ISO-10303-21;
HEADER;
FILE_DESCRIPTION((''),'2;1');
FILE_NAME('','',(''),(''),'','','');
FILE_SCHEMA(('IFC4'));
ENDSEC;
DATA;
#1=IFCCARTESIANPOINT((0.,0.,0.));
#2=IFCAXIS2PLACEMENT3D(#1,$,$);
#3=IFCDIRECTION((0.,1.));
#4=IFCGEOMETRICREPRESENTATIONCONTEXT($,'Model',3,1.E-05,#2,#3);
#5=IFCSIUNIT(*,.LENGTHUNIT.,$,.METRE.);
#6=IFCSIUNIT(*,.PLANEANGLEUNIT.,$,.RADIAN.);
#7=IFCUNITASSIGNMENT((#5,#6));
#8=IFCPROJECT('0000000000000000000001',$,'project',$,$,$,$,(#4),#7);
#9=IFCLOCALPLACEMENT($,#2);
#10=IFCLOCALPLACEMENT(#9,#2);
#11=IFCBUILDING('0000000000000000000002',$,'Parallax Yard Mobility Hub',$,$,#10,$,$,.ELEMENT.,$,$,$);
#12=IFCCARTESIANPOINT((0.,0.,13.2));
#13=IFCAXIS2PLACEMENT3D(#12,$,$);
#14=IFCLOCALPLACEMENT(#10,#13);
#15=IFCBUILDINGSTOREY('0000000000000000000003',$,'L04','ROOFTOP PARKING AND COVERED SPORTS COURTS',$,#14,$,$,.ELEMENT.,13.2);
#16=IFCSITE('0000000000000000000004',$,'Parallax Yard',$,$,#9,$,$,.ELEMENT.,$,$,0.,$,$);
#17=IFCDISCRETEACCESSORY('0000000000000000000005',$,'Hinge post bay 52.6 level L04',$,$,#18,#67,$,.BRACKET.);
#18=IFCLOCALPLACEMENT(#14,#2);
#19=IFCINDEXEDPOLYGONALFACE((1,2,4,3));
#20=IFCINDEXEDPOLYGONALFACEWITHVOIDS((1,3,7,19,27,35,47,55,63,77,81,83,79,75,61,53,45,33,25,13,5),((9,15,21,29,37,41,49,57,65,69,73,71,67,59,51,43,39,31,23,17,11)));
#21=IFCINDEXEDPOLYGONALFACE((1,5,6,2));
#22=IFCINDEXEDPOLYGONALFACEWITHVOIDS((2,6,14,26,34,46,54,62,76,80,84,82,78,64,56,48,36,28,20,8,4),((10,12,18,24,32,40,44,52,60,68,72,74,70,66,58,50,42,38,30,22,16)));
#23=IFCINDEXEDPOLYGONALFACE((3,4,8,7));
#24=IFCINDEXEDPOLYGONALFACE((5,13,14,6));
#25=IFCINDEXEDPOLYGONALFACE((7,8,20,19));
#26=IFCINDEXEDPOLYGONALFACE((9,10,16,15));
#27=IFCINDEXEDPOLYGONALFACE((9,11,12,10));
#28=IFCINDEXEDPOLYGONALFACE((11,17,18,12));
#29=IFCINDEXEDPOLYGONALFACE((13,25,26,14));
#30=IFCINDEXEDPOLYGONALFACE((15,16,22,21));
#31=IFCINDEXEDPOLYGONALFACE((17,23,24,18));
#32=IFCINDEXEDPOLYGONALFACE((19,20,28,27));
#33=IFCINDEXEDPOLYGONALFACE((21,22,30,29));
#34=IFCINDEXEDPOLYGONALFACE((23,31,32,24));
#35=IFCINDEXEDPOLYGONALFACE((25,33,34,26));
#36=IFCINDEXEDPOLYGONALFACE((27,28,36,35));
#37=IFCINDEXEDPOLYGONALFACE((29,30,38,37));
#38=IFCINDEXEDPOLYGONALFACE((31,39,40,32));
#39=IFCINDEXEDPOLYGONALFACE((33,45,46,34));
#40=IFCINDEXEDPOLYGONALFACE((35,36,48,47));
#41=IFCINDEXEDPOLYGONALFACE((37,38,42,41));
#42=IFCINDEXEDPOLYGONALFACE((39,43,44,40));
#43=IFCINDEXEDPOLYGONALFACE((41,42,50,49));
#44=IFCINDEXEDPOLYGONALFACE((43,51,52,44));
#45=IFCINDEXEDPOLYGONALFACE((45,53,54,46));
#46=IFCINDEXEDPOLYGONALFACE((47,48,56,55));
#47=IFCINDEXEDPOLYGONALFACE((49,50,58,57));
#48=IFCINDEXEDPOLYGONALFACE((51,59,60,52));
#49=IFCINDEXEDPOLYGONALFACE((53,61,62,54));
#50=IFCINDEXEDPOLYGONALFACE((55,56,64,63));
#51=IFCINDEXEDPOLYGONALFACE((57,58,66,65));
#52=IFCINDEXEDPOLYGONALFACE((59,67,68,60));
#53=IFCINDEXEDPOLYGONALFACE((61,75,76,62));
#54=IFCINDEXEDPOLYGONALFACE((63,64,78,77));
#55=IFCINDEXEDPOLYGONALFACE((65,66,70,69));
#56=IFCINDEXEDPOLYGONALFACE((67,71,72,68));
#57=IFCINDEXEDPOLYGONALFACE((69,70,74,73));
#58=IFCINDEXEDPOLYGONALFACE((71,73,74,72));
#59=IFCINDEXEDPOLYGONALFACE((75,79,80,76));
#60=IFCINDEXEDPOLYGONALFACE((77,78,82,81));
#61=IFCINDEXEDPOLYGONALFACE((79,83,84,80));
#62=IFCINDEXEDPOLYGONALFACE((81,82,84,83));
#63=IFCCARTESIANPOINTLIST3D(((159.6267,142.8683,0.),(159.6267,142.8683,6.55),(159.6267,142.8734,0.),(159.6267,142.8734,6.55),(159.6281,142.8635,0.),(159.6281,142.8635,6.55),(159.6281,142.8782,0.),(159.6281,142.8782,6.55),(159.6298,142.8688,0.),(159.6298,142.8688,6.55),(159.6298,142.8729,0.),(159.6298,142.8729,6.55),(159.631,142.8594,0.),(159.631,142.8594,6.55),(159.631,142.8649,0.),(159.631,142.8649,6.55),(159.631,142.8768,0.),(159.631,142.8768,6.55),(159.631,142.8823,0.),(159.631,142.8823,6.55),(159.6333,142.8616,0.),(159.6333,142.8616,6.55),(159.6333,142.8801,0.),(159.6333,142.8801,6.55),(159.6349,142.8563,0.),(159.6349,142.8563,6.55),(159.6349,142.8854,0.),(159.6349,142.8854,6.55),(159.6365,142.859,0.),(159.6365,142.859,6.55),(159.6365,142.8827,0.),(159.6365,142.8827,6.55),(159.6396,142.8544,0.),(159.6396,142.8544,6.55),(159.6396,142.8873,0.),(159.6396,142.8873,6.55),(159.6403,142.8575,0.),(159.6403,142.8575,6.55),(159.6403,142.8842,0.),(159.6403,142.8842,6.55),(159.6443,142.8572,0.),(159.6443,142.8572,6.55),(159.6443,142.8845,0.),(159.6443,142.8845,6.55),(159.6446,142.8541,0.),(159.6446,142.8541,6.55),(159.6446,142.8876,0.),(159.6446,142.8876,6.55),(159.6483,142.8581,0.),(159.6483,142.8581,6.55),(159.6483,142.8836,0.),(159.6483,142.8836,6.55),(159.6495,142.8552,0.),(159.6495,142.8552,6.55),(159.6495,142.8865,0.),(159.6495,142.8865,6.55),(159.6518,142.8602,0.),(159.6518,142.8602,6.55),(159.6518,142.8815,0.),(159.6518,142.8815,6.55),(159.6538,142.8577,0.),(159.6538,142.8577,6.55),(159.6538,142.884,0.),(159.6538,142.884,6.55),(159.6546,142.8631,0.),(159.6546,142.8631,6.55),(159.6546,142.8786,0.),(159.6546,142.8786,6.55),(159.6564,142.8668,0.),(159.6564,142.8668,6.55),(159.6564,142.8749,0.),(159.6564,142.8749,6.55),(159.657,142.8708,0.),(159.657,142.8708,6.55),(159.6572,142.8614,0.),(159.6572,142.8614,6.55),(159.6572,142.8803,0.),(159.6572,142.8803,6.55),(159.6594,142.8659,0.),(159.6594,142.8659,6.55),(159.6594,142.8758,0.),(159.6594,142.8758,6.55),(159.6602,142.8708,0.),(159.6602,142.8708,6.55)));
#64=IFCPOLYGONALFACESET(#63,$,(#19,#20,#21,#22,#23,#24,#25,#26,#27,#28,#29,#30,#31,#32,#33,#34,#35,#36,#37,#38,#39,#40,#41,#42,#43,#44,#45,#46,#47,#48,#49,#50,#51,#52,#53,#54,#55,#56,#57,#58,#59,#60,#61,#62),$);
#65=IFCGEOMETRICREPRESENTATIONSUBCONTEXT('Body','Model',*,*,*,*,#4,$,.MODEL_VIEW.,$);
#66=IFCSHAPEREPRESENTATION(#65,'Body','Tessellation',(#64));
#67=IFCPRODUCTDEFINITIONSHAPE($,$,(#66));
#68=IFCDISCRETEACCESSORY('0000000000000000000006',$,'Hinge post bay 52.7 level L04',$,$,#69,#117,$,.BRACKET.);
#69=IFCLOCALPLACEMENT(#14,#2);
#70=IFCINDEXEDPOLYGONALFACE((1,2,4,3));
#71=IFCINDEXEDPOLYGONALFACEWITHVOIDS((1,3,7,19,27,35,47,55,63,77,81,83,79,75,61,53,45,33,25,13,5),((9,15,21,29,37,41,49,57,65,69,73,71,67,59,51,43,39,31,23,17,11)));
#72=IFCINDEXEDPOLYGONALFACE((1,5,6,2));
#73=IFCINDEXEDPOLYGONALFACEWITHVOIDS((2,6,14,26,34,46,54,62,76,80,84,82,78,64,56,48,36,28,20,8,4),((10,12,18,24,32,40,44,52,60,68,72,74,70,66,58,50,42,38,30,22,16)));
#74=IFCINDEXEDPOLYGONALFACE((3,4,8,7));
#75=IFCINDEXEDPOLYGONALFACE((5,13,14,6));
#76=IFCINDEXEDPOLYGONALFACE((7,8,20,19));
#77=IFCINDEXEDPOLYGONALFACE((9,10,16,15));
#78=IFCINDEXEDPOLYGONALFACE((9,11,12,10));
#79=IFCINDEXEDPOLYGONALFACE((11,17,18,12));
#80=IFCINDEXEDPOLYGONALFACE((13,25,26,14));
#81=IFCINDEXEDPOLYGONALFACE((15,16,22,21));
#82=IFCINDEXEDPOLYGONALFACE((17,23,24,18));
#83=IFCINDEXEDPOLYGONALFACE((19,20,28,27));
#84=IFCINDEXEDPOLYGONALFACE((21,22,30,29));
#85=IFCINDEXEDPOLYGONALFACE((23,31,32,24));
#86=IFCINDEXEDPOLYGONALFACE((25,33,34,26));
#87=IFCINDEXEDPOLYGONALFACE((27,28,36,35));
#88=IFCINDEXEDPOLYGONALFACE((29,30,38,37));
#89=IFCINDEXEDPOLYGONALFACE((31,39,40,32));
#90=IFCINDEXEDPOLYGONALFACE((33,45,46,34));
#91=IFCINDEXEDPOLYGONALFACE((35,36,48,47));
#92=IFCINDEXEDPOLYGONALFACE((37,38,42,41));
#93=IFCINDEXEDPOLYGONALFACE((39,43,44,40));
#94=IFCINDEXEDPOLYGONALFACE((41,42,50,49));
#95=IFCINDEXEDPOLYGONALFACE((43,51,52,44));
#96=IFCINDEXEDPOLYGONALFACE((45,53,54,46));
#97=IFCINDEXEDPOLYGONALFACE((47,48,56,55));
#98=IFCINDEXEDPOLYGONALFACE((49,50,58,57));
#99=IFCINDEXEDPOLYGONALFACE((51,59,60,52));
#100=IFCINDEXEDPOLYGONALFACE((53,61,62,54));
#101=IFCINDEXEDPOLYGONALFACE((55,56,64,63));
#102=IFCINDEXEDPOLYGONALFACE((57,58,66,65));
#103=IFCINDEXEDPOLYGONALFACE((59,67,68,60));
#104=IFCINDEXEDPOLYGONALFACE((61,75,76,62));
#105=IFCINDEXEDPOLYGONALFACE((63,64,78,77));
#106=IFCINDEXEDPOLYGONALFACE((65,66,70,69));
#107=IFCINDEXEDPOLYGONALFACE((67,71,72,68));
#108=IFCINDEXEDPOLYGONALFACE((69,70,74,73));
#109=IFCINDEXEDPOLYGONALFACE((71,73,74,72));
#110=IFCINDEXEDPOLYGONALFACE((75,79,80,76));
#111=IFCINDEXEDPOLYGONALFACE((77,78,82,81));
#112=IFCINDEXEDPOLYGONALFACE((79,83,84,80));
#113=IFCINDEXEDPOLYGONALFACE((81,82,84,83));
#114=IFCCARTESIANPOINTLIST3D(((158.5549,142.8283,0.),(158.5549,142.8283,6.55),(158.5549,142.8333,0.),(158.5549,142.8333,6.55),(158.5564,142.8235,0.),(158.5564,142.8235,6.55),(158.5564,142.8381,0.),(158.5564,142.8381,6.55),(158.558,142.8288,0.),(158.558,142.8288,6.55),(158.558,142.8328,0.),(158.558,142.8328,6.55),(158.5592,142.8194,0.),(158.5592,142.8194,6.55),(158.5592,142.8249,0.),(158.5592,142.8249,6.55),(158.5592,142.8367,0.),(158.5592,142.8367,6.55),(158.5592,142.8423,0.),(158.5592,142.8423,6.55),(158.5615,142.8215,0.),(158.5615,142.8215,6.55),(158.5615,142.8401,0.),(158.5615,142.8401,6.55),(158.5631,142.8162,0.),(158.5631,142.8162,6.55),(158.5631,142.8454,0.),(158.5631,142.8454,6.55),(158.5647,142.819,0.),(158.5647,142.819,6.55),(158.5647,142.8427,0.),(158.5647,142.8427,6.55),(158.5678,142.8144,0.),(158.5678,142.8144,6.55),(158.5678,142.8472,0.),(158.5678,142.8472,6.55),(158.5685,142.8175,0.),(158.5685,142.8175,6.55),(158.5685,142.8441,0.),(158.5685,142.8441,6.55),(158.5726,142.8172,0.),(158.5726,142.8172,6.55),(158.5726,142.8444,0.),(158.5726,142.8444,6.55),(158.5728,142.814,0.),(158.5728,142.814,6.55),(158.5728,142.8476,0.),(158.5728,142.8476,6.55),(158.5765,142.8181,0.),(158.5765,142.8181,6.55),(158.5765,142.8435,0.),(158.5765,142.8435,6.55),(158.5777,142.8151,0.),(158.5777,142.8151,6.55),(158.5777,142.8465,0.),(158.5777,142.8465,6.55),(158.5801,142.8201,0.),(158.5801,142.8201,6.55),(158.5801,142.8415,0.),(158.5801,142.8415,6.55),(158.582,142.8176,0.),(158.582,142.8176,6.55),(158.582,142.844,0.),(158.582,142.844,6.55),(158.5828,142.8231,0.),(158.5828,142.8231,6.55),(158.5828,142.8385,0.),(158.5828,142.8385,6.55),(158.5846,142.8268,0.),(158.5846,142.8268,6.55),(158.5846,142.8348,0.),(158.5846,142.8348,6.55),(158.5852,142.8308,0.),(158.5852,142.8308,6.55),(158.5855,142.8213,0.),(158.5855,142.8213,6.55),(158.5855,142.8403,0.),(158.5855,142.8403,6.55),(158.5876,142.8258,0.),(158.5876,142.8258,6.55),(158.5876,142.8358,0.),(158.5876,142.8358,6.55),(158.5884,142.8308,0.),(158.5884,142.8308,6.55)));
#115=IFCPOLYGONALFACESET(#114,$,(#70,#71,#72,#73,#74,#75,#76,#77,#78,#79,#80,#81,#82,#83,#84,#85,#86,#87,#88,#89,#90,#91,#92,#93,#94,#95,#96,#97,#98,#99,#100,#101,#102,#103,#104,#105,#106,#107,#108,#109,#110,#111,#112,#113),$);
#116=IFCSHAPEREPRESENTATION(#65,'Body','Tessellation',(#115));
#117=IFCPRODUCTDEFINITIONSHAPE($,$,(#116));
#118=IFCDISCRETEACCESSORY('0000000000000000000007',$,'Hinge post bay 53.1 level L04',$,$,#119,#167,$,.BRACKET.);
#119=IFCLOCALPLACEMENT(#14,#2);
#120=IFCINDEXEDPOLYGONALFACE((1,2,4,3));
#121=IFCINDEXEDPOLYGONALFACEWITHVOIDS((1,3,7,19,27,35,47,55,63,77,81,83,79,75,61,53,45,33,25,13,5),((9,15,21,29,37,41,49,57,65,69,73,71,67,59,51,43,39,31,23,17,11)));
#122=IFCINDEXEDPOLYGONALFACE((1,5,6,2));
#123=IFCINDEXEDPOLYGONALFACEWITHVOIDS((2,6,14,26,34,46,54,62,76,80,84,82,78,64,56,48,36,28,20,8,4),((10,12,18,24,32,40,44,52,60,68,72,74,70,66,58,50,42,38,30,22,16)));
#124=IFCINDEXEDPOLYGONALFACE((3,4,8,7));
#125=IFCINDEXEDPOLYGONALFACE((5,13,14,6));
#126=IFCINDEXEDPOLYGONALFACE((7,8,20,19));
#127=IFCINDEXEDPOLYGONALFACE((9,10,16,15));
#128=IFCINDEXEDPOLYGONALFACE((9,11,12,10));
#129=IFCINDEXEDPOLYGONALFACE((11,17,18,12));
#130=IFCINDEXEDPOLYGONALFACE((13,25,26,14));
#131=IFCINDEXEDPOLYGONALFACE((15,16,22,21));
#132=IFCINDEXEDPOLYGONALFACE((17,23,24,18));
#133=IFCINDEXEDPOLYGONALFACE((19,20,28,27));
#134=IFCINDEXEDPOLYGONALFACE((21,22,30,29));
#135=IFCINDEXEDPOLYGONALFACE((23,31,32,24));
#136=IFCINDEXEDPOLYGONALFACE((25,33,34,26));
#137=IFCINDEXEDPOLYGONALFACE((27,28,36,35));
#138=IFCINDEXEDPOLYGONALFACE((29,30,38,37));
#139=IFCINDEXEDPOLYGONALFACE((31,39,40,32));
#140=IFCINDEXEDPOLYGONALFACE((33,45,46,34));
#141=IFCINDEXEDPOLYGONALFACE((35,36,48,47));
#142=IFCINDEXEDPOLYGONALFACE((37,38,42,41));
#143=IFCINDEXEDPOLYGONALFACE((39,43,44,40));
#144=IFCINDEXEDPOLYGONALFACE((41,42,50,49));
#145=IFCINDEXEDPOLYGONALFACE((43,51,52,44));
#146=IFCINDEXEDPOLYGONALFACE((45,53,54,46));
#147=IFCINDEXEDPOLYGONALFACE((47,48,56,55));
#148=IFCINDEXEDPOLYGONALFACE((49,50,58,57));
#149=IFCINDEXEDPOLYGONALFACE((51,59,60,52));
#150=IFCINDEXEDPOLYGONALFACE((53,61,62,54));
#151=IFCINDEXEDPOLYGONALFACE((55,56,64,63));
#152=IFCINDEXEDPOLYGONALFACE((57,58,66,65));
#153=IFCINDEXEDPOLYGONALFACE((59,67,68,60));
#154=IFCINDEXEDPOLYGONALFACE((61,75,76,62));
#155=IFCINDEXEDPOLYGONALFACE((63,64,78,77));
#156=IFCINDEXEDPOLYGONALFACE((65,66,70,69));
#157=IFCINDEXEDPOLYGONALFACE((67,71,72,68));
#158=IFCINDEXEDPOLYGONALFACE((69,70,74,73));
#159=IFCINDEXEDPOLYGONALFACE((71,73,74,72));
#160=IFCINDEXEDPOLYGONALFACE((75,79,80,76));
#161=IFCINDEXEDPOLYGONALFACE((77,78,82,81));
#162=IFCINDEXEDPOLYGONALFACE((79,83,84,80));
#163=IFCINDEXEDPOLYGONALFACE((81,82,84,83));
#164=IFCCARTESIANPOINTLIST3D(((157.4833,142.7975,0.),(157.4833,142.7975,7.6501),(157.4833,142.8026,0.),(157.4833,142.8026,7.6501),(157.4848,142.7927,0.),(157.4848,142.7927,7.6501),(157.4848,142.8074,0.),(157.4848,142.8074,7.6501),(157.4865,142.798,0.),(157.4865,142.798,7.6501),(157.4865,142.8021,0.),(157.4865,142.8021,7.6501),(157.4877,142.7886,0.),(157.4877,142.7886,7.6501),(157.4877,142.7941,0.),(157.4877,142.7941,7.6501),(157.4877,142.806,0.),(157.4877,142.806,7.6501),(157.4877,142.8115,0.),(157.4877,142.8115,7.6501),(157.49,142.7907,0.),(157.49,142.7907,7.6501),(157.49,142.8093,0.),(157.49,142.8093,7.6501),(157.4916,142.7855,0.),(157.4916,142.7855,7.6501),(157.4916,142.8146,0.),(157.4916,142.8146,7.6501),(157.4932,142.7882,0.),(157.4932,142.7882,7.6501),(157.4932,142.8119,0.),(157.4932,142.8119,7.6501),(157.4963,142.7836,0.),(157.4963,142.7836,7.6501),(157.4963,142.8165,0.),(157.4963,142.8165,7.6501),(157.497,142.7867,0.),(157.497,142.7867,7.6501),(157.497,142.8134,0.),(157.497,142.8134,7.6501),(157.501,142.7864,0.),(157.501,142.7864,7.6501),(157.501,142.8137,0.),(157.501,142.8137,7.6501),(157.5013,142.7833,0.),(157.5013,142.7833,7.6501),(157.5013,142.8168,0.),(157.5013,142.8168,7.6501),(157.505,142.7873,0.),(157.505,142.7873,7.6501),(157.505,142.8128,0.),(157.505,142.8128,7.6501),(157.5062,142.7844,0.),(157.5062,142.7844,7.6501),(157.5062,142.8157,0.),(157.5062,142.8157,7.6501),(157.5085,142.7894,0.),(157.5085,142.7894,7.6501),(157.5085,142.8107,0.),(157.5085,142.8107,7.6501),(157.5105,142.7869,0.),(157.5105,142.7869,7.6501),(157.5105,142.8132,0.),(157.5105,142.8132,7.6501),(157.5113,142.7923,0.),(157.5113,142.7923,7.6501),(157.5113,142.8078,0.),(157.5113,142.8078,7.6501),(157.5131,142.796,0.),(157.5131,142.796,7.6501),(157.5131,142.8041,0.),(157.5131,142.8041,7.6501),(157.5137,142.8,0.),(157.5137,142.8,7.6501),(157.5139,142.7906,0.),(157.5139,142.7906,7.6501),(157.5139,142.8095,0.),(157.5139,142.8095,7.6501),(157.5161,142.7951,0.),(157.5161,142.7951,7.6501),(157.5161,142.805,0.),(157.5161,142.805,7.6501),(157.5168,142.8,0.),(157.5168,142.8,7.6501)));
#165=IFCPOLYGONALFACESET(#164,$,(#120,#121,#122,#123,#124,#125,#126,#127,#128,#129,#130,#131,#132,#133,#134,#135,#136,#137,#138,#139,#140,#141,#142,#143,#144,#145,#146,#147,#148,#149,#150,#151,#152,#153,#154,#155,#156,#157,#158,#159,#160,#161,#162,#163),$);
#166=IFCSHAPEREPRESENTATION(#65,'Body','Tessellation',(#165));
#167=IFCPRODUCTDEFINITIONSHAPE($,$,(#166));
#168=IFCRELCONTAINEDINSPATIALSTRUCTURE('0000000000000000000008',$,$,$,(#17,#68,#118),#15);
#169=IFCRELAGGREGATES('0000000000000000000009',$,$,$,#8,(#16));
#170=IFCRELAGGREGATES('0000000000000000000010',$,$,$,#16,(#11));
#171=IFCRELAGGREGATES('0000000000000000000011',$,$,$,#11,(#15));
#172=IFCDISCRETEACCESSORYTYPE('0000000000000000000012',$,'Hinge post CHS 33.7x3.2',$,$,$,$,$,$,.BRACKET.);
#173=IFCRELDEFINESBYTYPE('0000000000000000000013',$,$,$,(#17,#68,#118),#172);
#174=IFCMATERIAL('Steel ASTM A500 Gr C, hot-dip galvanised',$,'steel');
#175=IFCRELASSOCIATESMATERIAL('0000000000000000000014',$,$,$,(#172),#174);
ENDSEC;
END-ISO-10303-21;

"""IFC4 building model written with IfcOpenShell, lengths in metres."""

from ifc_helpers import new_model, si_unit, direction, frame, origin, origin_2d, place, context, subcontext, project, spatial, hollow_circle, extrude, material, material_profile, profile_set, type_object, element, save


model = new_model("IFC4")

# Units and contexts
model_context = context("Model", 3, precision=1e-05, world=origin(), true_north=direction((0.0, 1.0)))
body_context = subcontext(model_context, "Body", "Model", "MODEL_VIEW")
ifc_project = project(units=[si_unit("LENGTHUNIT", "METRE"), si_unit("PLANEANGLEUNIT", "RADIAN")], contexts=[model_context])

# Site, building, storey
site_placement = place(None, origin())
site = spatial("IfcSite", under=ifc_project, at=site_placement, Name="Parallax Yard", CompositionType="ELEMENT", RefElevation=0.0)
building_placement = place(site_placement, origin())
building = spatial("IfcBuilding", under=site, at=building_placement, Name="Parallax Yard Mobility Hub", CompositionType="ELEMENT")
storey_placement = place(building_placement, frame((0.0, 0.0, 13.2)))
storey = spatial("IfcBuildingStorey", under=building, at=storey_placement, Name="L04", Description="ROOFTOP PARKING AND COVERED SPORTS COURTS", CompositionType="ELEMENT", Elevation=13.2)

# Discrete accessories
ifc_material_1 = material(Name="Steel ASTM A500 Gr C, hot-dip galvanised", Category="steel")
ifc_material_profile = material_profile(ifc_material_1, hollow_circle(Radius=0.0168, WallThickness=0.0032, at=origin_2d()), Name="CHS 33.7x3.2")
ifc_profile_set = profile_set([ifc_material_profile], Name="Steel ASTM A500 Gr C, hot-dip galvanised")
discrete_accessory_type_1 = type_object("IfcDiscreteAccessoryType", Name="Hinge post CHS 33.7x3.2", PredefinedType="BRACKET", material=ifc_profile_set)
for number, where, z_axis, x_axis, name in (
    (1, (159.6433, 142.8708, 0.0), (0.0, 0.0, 1.0), (1.0, 0.0, 0.0), "Hinge post bay 52.6 level L04"),
    (2, (158.5715, 142.8308, 0.0), (0.0, 0.0, 1.0), (1.0, 0.0, 0.0), "Hinge post bay 52.7 level L04"),
):
    element("IfcDiscreteAccessory", number, at=place(storey_placement, frame(where, z_axis=z_axis, x_axis=x_axis)), inside=storey, type_object=discrete_accessory_type_1, Name=name, PredefinedType="BRACKET", context=body_context, shape_type="SweptSolid", body=[
        extrude(hollow_circle(Radius=0.0168, WallThickness=0.0032, at=origin_2d()), origin(), (0.0, 0.0, 1.0), 6.55),
    ])
for number, where, z_axis, x_axis, name in (
    (3, (157.5, 142.8, 0.0), (0.0, 0.0, 1.0), (1.0, 0.0, 0.0), "Hinge post bay 53.1 level L04"),
):
    element("IfcDiscreteAccessory", number, at=place(storey_placement, frame(where, z_axis=z_axis, x_axis=x_axis)), inside=storey, type_object=discrete_accessory_type_1, Name=name, PredefinedType="BRACKET", context=body_context, shape_type="SweptSolid", body=[
        extrude(hollow_circle(Radius=0.0168, WallThickness=0.0032, at=origin_2d()), origin(), (0.0, 0.0, 1.0), 7.6501),
    ])

save(model, "model.ifc")
